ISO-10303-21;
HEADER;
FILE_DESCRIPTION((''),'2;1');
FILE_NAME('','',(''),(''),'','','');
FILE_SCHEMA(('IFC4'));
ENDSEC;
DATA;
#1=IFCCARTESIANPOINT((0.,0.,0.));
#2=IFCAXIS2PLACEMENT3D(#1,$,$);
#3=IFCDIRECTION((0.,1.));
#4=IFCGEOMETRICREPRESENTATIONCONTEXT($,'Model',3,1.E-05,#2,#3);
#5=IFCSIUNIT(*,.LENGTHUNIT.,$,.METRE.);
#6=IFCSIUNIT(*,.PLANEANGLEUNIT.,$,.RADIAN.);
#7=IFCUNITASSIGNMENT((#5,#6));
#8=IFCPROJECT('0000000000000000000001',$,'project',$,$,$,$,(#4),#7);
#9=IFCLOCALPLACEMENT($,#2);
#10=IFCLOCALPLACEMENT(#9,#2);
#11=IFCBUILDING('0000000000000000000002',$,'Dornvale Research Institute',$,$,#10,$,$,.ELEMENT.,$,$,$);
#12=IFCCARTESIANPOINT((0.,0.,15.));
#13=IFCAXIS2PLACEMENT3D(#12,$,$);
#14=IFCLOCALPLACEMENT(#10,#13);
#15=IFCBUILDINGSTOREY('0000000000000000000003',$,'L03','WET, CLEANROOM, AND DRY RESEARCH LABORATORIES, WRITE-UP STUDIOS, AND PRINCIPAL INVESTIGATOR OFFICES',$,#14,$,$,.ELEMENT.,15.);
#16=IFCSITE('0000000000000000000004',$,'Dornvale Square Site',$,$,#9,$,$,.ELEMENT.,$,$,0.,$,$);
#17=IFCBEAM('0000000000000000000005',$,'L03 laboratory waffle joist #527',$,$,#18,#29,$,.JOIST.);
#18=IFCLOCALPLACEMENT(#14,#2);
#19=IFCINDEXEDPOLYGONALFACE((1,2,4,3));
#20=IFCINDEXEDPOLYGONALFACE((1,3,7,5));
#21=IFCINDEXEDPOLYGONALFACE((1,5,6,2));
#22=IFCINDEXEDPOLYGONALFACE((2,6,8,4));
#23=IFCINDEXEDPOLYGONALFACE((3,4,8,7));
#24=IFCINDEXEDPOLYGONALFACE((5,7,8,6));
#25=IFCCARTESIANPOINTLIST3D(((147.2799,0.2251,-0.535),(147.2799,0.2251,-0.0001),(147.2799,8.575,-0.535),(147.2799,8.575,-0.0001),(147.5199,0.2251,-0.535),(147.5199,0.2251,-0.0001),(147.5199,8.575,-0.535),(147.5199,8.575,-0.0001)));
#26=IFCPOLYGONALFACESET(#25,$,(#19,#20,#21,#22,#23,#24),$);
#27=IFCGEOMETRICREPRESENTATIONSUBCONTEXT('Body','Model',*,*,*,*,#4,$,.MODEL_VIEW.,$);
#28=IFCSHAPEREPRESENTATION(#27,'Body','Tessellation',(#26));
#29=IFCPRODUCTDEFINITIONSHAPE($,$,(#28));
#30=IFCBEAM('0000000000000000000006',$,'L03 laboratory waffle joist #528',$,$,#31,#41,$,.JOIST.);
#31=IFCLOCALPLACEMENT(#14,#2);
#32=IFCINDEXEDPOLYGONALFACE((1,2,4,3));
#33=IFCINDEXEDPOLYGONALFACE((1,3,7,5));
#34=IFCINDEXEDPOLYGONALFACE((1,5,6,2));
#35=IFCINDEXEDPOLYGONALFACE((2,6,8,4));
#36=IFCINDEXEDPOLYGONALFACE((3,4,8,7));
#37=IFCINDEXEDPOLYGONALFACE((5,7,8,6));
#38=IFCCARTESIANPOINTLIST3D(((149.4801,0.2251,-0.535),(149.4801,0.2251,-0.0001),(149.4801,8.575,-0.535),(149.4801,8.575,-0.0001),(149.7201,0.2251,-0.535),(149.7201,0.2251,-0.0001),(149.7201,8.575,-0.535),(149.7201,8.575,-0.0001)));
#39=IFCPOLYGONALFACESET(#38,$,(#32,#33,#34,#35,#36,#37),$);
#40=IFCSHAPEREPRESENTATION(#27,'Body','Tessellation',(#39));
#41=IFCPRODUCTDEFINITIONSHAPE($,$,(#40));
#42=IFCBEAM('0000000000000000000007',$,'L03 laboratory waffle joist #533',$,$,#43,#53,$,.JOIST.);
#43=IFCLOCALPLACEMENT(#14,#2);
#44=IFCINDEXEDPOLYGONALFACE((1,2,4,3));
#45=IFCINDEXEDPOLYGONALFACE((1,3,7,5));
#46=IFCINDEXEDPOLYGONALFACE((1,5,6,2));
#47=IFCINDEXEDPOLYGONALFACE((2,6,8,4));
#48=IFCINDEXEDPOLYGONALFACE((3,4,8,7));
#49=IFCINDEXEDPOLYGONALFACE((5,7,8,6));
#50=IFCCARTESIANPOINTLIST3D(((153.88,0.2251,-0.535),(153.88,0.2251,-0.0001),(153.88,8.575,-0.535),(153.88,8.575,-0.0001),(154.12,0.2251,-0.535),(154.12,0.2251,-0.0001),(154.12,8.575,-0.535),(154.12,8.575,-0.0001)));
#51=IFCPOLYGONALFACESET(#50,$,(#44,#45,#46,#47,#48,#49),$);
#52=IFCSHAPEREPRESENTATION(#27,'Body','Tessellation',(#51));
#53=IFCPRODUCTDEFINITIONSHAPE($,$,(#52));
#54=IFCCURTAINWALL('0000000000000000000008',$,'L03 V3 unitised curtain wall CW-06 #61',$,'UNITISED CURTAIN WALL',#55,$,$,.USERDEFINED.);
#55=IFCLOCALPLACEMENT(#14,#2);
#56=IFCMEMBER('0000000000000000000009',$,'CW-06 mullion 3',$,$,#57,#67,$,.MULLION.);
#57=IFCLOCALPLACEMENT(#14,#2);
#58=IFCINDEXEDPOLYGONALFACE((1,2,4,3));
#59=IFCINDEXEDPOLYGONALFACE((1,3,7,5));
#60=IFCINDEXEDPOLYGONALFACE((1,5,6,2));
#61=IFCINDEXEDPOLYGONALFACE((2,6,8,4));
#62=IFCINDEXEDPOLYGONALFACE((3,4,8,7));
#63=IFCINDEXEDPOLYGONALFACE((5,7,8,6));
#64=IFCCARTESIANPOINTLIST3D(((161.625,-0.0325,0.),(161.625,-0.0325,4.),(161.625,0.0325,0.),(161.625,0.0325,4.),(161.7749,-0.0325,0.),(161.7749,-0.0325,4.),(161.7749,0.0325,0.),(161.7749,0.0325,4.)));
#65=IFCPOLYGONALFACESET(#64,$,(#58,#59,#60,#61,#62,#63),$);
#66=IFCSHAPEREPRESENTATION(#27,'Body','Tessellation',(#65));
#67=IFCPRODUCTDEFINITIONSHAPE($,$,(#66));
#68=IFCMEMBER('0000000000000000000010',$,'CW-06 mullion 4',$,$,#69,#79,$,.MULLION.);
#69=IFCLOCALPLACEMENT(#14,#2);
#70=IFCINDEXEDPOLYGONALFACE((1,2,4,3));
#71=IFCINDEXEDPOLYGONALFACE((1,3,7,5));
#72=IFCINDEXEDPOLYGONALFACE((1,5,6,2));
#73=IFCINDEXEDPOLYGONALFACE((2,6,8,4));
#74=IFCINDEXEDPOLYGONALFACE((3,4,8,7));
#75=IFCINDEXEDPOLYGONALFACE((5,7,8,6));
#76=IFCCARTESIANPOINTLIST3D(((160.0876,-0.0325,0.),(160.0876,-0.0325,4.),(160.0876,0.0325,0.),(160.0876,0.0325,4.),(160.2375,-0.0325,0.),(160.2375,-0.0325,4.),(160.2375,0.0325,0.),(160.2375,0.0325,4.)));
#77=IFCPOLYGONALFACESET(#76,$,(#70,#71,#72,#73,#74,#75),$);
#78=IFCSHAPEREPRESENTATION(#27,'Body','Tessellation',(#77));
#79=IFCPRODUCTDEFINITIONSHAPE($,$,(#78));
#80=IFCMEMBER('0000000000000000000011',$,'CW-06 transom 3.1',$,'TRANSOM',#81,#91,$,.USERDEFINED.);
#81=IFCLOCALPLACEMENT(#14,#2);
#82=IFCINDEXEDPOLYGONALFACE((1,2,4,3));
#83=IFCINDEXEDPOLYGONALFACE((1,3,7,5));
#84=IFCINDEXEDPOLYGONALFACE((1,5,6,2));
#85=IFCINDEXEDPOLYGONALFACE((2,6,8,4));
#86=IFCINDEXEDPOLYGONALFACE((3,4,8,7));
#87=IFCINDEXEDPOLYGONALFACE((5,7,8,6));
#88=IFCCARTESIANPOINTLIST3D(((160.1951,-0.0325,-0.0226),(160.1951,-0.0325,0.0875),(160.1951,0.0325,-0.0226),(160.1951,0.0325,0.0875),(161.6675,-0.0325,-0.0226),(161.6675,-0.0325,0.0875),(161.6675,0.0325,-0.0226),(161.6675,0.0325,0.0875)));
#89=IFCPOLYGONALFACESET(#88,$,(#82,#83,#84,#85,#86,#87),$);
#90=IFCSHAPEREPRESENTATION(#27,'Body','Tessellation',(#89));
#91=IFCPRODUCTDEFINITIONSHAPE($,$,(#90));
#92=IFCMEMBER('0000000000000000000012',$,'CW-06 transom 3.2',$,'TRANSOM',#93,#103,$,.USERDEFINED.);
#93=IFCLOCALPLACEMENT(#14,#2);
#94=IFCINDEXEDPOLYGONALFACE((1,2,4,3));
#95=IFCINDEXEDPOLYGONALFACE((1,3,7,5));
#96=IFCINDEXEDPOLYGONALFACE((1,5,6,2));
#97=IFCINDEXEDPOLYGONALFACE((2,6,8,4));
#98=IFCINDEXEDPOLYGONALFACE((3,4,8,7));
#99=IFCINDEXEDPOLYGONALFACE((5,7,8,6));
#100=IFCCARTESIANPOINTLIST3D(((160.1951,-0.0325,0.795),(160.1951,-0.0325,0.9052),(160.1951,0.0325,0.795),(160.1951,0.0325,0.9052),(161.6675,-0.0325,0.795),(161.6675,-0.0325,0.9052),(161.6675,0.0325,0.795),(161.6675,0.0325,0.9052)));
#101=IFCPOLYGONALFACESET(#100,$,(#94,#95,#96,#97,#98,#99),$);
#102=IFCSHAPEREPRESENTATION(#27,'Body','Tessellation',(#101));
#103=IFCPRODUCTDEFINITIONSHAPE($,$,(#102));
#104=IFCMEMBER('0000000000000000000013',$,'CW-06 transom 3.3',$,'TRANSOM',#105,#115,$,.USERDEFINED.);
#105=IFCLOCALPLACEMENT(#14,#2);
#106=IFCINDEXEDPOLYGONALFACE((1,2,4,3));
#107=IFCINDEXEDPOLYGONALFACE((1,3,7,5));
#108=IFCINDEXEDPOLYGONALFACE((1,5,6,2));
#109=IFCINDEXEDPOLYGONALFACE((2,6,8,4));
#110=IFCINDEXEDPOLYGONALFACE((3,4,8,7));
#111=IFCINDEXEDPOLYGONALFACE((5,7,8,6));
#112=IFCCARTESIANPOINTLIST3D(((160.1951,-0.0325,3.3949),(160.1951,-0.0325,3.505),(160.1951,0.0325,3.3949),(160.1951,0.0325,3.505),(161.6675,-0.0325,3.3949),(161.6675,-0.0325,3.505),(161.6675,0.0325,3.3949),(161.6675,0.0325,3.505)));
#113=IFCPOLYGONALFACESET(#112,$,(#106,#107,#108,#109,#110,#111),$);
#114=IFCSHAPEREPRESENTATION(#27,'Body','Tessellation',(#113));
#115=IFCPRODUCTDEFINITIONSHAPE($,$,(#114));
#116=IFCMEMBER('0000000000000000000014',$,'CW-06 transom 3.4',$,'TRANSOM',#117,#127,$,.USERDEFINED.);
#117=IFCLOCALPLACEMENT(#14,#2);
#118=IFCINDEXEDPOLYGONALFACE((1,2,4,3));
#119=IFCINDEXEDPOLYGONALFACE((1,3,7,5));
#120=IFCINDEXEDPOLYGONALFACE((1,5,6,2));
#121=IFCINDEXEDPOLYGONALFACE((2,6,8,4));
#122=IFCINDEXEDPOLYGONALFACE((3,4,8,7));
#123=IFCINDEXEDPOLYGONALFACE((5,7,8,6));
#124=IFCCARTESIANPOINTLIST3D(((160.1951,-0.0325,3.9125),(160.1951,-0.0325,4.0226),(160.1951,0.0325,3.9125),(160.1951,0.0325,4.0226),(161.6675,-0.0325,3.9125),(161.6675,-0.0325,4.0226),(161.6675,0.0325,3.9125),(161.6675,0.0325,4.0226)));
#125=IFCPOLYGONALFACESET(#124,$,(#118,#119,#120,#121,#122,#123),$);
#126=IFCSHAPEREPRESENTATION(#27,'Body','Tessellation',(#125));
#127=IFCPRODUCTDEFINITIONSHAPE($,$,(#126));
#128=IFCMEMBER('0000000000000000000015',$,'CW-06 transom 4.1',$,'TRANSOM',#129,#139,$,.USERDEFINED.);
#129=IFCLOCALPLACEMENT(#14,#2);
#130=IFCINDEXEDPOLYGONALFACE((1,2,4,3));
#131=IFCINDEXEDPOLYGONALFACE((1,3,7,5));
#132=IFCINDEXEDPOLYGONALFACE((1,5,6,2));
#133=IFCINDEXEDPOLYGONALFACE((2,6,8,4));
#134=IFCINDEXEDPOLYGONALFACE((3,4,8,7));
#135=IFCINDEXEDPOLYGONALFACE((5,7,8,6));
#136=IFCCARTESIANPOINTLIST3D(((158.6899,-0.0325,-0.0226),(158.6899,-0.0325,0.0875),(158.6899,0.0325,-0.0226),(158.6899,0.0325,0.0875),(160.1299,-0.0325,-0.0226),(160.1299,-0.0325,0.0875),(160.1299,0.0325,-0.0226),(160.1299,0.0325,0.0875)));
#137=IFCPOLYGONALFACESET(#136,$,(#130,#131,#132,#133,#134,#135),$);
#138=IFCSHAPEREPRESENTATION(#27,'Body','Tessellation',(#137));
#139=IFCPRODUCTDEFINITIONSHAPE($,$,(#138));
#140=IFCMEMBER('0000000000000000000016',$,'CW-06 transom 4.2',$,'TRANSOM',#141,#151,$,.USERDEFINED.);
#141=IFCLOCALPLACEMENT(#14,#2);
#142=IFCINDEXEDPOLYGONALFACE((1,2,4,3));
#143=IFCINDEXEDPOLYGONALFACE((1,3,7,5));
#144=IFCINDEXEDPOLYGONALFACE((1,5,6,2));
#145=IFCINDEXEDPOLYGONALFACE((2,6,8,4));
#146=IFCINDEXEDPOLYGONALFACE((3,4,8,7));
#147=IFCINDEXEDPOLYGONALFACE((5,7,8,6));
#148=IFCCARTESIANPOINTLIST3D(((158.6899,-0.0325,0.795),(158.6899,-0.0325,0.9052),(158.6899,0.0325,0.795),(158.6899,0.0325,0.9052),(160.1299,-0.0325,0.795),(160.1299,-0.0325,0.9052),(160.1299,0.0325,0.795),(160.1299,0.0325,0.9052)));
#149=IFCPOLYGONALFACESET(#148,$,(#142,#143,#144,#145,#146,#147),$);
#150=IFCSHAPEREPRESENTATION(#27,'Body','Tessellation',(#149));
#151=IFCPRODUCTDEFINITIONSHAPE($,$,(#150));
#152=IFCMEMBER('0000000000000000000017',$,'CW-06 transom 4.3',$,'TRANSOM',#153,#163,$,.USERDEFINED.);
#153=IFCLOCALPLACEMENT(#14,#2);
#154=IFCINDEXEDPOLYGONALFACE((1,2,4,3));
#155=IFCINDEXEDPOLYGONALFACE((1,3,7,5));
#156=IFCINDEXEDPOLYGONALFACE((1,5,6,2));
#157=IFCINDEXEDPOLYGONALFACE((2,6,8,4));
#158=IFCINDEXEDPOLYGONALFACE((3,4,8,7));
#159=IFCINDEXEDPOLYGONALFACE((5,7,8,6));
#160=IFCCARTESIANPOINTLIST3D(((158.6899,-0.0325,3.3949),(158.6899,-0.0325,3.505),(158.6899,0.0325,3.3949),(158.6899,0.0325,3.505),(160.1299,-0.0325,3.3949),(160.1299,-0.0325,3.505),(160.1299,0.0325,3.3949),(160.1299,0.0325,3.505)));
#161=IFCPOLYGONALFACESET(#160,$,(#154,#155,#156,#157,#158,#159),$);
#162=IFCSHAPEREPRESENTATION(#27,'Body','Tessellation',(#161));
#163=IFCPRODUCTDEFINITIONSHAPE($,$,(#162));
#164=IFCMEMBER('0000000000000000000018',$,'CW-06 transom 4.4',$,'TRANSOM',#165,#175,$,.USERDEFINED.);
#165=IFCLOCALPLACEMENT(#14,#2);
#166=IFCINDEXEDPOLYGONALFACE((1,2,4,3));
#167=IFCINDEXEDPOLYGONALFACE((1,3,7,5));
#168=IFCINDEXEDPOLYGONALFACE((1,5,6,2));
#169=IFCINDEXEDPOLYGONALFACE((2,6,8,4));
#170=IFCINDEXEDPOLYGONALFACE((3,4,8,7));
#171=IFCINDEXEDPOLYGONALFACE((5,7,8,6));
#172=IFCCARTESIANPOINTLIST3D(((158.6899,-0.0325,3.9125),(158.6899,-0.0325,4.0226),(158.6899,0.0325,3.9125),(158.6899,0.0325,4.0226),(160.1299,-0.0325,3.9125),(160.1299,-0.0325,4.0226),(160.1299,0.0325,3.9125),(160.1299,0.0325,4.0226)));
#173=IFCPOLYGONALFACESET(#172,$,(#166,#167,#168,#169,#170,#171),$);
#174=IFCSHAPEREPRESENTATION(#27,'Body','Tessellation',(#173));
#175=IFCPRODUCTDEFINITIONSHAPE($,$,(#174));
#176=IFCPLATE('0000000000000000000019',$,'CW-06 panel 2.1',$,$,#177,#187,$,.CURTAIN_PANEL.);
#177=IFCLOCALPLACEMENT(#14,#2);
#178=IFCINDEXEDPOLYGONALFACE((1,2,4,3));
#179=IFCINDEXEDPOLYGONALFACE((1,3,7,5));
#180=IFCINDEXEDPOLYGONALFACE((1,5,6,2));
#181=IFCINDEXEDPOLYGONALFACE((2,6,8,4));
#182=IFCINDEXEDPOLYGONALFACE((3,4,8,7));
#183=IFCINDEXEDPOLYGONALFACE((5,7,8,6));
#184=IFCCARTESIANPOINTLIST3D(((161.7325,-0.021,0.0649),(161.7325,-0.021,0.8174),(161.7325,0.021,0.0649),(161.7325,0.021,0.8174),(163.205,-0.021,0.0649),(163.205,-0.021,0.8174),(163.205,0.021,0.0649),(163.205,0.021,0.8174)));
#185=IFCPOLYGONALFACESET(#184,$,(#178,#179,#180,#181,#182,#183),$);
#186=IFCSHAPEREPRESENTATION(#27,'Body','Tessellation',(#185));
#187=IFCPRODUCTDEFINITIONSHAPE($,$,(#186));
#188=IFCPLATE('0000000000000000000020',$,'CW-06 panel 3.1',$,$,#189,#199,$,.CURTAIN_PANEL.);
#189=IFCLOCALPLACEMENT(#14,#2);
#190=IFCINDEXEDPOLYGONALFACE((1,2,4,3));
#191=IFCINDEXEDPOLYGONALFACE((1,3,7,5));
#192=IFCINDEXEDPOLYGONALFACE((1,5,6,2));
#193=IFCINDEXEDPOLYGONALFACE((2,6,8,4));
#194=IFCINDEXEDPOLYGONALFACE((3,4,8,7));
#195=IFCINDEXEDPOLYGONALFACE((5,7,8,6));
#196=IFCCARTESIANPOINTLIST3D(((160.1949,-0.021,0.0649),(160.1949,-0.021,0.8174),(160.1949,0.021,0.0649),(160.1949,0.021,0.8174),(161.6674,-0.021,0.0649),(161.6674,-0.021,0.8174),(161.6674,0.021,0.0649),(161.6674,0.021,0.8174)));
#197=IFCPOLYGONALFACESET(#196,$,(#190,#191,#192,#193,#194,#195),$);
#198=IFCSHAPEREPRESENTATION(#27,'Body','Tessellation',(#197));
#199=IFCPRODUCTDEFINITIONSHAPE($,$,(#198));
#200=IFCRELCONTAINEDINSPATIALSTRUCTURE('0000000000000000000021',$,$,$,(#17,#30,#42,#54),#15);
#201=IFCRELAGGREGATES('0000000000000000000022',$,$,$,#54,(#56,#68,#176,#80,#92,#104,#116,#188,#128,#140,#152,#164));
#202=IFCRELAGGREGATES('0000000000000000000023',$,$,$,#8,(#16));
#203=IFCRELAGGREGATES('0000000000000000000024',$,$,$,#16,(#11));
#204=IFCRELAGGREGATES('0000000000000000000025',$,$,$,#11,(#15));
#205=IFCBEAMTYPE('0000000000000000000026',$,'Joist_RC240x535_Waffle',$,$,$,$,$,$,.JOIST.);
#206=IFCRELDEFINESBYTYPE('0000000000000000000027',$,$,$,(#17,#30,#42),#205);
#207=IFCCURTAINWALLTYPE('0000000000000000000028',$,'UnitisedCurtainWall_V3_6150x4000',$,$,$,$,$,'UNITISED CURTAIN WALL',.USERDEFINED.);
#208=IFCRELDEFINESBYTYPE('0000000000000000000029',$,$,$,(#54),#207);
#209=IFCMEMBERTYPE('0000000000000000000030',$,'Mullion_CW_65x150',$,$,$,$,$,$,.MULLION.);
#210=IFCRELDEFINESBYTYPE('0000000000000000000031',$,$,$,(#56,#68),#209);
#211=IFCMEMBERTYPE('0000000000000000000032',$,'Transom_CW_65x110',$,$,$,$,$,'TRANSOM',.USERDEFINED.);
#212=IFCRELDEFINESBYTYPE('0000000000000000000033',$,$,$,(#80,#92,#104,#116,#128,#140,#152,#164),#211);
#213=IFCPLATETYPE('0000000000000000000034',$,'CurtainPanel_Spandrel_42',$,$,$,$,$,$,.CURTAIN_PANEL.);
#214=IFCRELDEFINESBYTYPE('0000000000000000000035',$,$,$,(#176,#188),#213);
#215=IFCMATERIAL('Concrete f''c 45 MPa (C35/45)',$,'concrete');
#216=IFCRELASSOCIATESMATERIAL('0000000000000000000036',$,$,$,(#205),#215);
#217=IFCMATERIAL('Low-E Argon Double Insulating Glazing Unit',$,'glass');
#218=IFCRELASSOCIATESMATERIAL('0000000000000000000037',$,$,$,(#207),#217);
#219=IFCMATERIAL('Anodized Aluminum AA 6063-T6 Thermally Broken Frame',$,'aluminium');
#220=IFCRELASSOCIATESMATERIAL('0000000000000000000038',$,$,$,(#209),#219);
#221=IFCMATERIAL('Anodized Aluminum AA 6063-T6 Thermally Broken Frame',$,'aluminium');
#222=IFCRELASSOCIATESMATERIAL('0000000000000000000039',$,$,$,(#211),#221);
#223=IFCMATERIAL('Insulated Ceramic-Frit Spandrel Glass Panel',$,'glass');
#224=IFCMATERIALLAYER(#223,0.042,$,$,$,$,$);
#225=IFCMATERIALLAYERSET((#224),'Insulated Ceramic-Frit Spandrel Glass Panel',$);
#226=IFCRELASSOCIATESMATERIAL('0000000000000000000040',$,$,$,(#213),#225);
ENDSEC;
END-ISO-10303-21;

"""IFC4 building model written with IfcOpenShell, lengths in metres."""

from ifc_helpers import new_model, si_unit, direction, frame, origin, origin_2d, place, context, subcontext, project, spatial, rectangle, extrude, material, layer, layer_set, material_profile, profile_set, type_object, element, aggregate, save


model = new_model("IFC4")

# Units and contexts
model_context = context("Model", 3, precision=1e-05, world=origin(), true_north=direction((0.0, 1.0)))
body_context = subcontext(model_context, "Body", "Model", "MODEL_VIEW")
ifc_project = project(units=[si_unit("LENGTHUNIT", "METRE"), si_unit("PLANEANGLEUNIT", "RADIAN")], contexts=[model_context])

# Site, building, storey
site_placement = place(None, origin())
site = spatial("IfcSite", under=ifc_project, at=site_placement, Name="Dornvale Square Site", CompositionType="ELEMENT", RefElevation=0.0)
building_placement = place(site_placement, origin())
building = spatial("IfcBuilding", under=site, at=building_placement, Name="Dornvale Research Institute", CompositionType="ELEMENT")
storey_placement = place(building_placement, frame((0.0, 0.0, 15.0)))
storey = spatial("IfcBuildingStorey", under=building, at=storey_placement, Name="L03", Description="WET, CLEANROOM, AND DRY RESEARCH LABORATORIES, WRITE-UP STUDIOS, AND PRINCIPAL INVESTIGATOR OFFICES", CompositionType="ELEMENT", Elevation=15.0)

# Beams
ifc_material_1 = material(Name="Concrete f'c 45 MPa (C35/45)", Category="concrete")
ifc_material_profile_1 = material_profile(ifc_material_1, rectangle(XDim=0.24, YDim=0.5349, at=origin_2d()), Name="RC 240x535")
ifc_profile_set_1 = profile_set([ifc_material_profile_1], Name="Concrete f'c 45 MPa (C35/45)")
beam_type = type_object("IfcBeamType", Name="Joist_RC240x535_Waffle", PredefinedType="JOIST", material=ifc_profile_set_1)
for number, where, z_axis, x_axis, name in (
    (1, (147.3999, 0.2251, -0.2676), (0.0, 1.0, 0.0), (-1.0, 0.0, 0.0), "L03 laboratory waffle joist #527"),
    (2, (149.6001, 0.2251, -0.2676), (0.0, 1.0, 0.0), (-1.0, 0.0, 0.0), "L03 laboratory waffle joist #528"),
    (3, (154.0, 0.2251, -0.2676), (0.0, 1.0, 0.0), (-1.0, 0.0, 0.0), "L03 laboratory waffle joist #533"),
):
    element("IfcBeam", number, at=place(storey_placement, frame(where, z_axis=z_axis, x_axis=x_axis)), inside=storey, type_object=beam_type, Name=name, PredefinedType="JOIST", context=body_context, shape_type="SweptSolid", body=[
        extrude(rectangle(XDim=0.24, YDim=0.5349, at=origin_2d()), origin(), (0.0, 0.0, 1.0), 8.3499),
    ])

# Curtain wall, members, plates
ifc_material_2 = material(Name="Low-E Argon Double Insulating Glazing Unit", Category="glass")
curtain_wall_type = type_object("IfcCurtainWallType", Name="UnitisedCurtainWall_V3_6150x4000", ElementType="UNITISED CURTAIN WALL", PredefinedType="USERDEFINED", material=ifc_material_2)
curtain_wall_placement = place(storey_placement, origin())
curtain_wall = element("IfcCurtainWall", 4, at=curtain_wall_placement, inside=storey, type_object=curtain_wall_type, Name="L03 V3 unitised curtain wall CW-06 #61", ObjectType="UNITISED CURTAIN WALL", PredefinedType="USERDEFINED")
ifc_material_3 = material(Name="Anodized Aluminum AA 6063-T6 Thermally Broken Frame", Category="aluminium")
ifc_material_profile_2 = material_profile(ifc_material_3, rectangle(XDim=0.0649, YDim=0.1499, at=origin_2d()), Name="ALU MULLION 65x150")
ifc_profile_set_2 = profile_set([ifc_material_profile_2], Name="Anodized Aluminum AA 6063-T6 Thermally Broken Frame")
member_type_1 = type_object("IfcMemberType", Name="Mullion_CW_65x150", PredefinedType="MULLION", material=ifc_profile_set_2)
member_1_placement = place(storey_placement, frame((161.7, 0.0, 0.0), z_axis=(0.0, 0.0, 1.0), x_axis=(0.0, -1.0, 0.0)))
member_1 = element("IfcMember", 5, at=member_1_placement, type_object=member_type_1, Name="CW-06 mullion 3", PredefinedType="MULLION", context=body_context, shape_type="SweptSolid", body=[
    extrude(rectangle(XDim=0.0649, YDim=0.1499, at=origin_2d()), origin(), (0.0, 0.0, 1.0), 4.0),
])
member_2_placement = place(storey_placement, frame((160.1626, 0.0, 0.0), z_axis=(0.0, 0.0, 1.0), x_axis=(0.0, -1.0, 0.0)))
member_2 = element("IfcMember", 6, at=member_2_placement, type_object=member_type_1, Name="CW-06 mullion 4", PredefinedType="MULLION", context=body_context, shape_type="SweptSolid", body=[
    extrude(rectangle(XDim=0.0649, YDim=0.1499, at=origin_2d()), origin(), (0.0, 0.0, 1.0), 4.0),
])
ifc_material_4 = material(Name="Anodized Aluminum AA 6063-T6 Thermally Broken Frame", Category="aluminium")
ifc_material_profile_3 = material_profile(ifc_material_4, rectangle(XDim=0.0649, YDim=0.1101, at=origin_2d()), Name="ALU TRANSOM 65x110")
ifc_profile_set_3 = profile_set([ifc_material_profile_3], Name="Anodized Aluminum AA 6063-T6 Thermally Broken Frame")
member_type_2 = type_object("IfcMemberType", Name="Transom_CW_65x110", ElementType="TRANSOM", PredefinedType="USERDEFINED", material=ifc_profile_set_3)
member_3_placement = place(storey_placement, frame((161.6675, 0.0, 0.0325), z_axis=(-1.0, 0.0, 0.0), x_axis=(0.0, -1.0, 0.0)))
member_3 = element("IfcMember", 7, at=member_3_placement, type_object=member_type_2, Name="CW-06 transom 3.1", ObjectType="TRANSOM", PredefinedType="USERDEFINED", context=body_context, shape_type="SweptSolid", body=[
    extrude(rectangle(XDim=0.0649, YDim=0.1101, at=origin_2d()), origin(), (0.0, 0.0, 1.0), 1.4724),
])
member_4_placement = place(storey_placement, frame((161.6675, 0.0, 0.8501), z_axis=(-1.0, 0.0, 0.0), x_axis=(0.0, -1.0, 0.0)))
member_4 = element("IfcMember", 8, at=member_4_placement, type_object=member_type_2, Name="CW-06 transom 3.2", ObjectType="TRANSOM", PredefinedType="USERDEFINED", context=body_context, shape_type="SweptSolid", body=[
    extrude(rectangle(XDim=0.0649, YDim=0.1101, at=origin_2d()), origin(), (0.0, 0.0, 1.0), 1.4724),
])
member_5_placement = place(storey_placement, frame((161.6675, 0.0, 3.45), z_axis=(-1.0, 0.0, 0.0), x_axis=(0.0, -1.0, 0.0)))
member_5 = element("IfcMember", 9, at=member_5_placement, type_object=member_type_2, Name="CW-06 transom 3.3", ObjectType="TRANSOM", PredefinedType="USERDEFINED", context=body_context, shape_type="SweptSolid", body=[
    extrude(rectangle(XDim=0.0649, YDim=0.1101, at=origin_2d()), origin(), (0.0, 0.0, 1.0), 1.4724),
])
member_6_placement = place(storey_placement, frame((161.6675, 0.0, 3.9675), z_axis=(-1.0, 0.0, 0.0), x_axis=(0.0, -1.0, 0.0)))
member_6 = element("IfcMember", 10, at=member_6_placement, type_object=member_type_2, Name="CW-06 transom 3.4", ObjectType="TRANSOM", PredefinedType="USERDEFINED", context=body_context, shape_type="SweptSolid", body=[
    extrude(rectangle(XDim=0.0649, YDim=0.1101, at=origin_2d()), origin(), (0.0, 0.0, 1.0), 1.4724),
])
member_7_placement = place(storey_placement, frame((160.1299, 0.0, 0.0325), z_axis=(-1.0, 0.0, 0.0), x_axis=(0.0, -1.0, 0.0)))
member_7 = element("IfcMember", 11, at=member_7_placement, type_object=member_type_2, Name="CW-06 transom 4.1", ObjectType="TRANSOM", PredefinedType="USERDEFINED", context=body_context, shape_type="SweptSolid", body=[
    extrude(rectangle(XDim=0.0649, YDim=0.1101, at=origin_2d()), origin(), (0.0, 0.0, 1.0), 1.4399),
])
member_8_placement = place(storey_placement, frame((160.1299, 0.0, 0.8501), z_axis=(-1.0, 0.0, 0.0), x_axis=(0.0, -1.0, 0.0)))
member_8 = element("IfcMember", 12, at=member_8_placement, type_object=member_type_2, Name="CW-06 transom 4.2", ObjectType="TRANSOM", PredefinedType="USERDEFINED", context=body_context, shape_type="SweptSolid", body=[
    extrude(rectangle(XDim=0.0649, YDim=0.1101, at=origin_2d()), origin(), (0.0, 0.0, 1.0), 1.4399),
])
member_9_placement = place(storey_placement, frame((160.1299, 0.0, 3.45), z_axis=(-1.0, 0.0, 0.0), x_axis=(0.0, -1.0, 0.0)))
member_9 = element("IfcMember", 13, at=member_9_placement, type_object=member_type_2, Name="CW-06 transom 4.3", ObjectType="TRANSOM", PredefinedType="USERDEFINED", context=body_context, shape_type="SweptSolid", body=[
    extrude(rectangle(XDim=0.0649, YDim=0.1101, at=origin_2d()), origin(), (0.0, 0.0, 1.0), 1.4399),
])
member_10_placement = place(storey_placement, frame((160.1299, 0.0, 3.9675), z_axis=(-1.0, 0.0, 0.0), x_axis=(0.0, -1.0, 0.0)))
member_10 = element("IfcMember", 14, at=member_10_placement, type_object=member_type_2, Name="CW-06 transom 4.4", ObjectType="TRANSOM", PredefinedType="USERDEFINED", context=body_context, shape_type="SweptSolid", body=[
    extrude(rectangle(XDim=0.0649, YDim=0.1101, at=origin_2d()), origin(), (0.0, 0.0, 1.0), 1.4399),
])
ifc_material_5 = material(Name="Insulated Ceramic-Frit Spandrel Glass Panel", Category="glass")
ifc_layer_1 = layer(ifc_material_5, 0.042)
ifc_layer_set_1 = layer_set([ifc_layer_1], Name="Insulated Ceramic-Frit Spandrel Glass Panel")
plate_type_1 = type_object("IfcPlateType", Name="CurtainPanel_Spandrel_42", PredefinedType="CURTAIN_PANEL", material=ifc_layer_set_1)
plate_1_placement = place(storey_placement, frame((162.4688, 0.0, 0.0649), z_axis=(0.0, 0.0, 1.0), x_axis=(-1.0, 0.0, 0.0)))
plate_1 = element("IfcPlate", 15, at=plate_1_placement, type_object=plate_type_1, Name="CW-06 panel 2.1", PredefinedType="CURTAIN_PANEL", context=body_context, shape_type="SweptSolid", body=[
    extrude(rectangle(XDim=1.4724, YDim=0.042, at=origin_2d()), origin(), (0.0, 0.0, 1.0), 0.7524),
])
plate_2_placement = place(storey_placement, frame((160.9312, 0.0, 0.0649), z_axis=(0.0, 0.0, 1.0), x_axis=(-1.0, 0.0, 0.0)))
plate_2 = element("IfcPlate", 16, at=plate_2_placement, type_object=plate_type_1, Name="CW-06 panel 3.1", PredefinedType="CURTAIN_PANEL", context=body_context, shape_type="SweptSolid", body=[
    extrude(rectangle(XDim=1.4724, YDim=0.042, at=origin_2d()), origin(), (0.0, 0.0, 1.0), 0.7524),
])
aggregate(curtain_wall, [member_1, member_2, plate_1, member_3, member_4, member_5, member_6, plate_2, member_7, member_8, member_9, member_10])

save(model, "model.ifc")
